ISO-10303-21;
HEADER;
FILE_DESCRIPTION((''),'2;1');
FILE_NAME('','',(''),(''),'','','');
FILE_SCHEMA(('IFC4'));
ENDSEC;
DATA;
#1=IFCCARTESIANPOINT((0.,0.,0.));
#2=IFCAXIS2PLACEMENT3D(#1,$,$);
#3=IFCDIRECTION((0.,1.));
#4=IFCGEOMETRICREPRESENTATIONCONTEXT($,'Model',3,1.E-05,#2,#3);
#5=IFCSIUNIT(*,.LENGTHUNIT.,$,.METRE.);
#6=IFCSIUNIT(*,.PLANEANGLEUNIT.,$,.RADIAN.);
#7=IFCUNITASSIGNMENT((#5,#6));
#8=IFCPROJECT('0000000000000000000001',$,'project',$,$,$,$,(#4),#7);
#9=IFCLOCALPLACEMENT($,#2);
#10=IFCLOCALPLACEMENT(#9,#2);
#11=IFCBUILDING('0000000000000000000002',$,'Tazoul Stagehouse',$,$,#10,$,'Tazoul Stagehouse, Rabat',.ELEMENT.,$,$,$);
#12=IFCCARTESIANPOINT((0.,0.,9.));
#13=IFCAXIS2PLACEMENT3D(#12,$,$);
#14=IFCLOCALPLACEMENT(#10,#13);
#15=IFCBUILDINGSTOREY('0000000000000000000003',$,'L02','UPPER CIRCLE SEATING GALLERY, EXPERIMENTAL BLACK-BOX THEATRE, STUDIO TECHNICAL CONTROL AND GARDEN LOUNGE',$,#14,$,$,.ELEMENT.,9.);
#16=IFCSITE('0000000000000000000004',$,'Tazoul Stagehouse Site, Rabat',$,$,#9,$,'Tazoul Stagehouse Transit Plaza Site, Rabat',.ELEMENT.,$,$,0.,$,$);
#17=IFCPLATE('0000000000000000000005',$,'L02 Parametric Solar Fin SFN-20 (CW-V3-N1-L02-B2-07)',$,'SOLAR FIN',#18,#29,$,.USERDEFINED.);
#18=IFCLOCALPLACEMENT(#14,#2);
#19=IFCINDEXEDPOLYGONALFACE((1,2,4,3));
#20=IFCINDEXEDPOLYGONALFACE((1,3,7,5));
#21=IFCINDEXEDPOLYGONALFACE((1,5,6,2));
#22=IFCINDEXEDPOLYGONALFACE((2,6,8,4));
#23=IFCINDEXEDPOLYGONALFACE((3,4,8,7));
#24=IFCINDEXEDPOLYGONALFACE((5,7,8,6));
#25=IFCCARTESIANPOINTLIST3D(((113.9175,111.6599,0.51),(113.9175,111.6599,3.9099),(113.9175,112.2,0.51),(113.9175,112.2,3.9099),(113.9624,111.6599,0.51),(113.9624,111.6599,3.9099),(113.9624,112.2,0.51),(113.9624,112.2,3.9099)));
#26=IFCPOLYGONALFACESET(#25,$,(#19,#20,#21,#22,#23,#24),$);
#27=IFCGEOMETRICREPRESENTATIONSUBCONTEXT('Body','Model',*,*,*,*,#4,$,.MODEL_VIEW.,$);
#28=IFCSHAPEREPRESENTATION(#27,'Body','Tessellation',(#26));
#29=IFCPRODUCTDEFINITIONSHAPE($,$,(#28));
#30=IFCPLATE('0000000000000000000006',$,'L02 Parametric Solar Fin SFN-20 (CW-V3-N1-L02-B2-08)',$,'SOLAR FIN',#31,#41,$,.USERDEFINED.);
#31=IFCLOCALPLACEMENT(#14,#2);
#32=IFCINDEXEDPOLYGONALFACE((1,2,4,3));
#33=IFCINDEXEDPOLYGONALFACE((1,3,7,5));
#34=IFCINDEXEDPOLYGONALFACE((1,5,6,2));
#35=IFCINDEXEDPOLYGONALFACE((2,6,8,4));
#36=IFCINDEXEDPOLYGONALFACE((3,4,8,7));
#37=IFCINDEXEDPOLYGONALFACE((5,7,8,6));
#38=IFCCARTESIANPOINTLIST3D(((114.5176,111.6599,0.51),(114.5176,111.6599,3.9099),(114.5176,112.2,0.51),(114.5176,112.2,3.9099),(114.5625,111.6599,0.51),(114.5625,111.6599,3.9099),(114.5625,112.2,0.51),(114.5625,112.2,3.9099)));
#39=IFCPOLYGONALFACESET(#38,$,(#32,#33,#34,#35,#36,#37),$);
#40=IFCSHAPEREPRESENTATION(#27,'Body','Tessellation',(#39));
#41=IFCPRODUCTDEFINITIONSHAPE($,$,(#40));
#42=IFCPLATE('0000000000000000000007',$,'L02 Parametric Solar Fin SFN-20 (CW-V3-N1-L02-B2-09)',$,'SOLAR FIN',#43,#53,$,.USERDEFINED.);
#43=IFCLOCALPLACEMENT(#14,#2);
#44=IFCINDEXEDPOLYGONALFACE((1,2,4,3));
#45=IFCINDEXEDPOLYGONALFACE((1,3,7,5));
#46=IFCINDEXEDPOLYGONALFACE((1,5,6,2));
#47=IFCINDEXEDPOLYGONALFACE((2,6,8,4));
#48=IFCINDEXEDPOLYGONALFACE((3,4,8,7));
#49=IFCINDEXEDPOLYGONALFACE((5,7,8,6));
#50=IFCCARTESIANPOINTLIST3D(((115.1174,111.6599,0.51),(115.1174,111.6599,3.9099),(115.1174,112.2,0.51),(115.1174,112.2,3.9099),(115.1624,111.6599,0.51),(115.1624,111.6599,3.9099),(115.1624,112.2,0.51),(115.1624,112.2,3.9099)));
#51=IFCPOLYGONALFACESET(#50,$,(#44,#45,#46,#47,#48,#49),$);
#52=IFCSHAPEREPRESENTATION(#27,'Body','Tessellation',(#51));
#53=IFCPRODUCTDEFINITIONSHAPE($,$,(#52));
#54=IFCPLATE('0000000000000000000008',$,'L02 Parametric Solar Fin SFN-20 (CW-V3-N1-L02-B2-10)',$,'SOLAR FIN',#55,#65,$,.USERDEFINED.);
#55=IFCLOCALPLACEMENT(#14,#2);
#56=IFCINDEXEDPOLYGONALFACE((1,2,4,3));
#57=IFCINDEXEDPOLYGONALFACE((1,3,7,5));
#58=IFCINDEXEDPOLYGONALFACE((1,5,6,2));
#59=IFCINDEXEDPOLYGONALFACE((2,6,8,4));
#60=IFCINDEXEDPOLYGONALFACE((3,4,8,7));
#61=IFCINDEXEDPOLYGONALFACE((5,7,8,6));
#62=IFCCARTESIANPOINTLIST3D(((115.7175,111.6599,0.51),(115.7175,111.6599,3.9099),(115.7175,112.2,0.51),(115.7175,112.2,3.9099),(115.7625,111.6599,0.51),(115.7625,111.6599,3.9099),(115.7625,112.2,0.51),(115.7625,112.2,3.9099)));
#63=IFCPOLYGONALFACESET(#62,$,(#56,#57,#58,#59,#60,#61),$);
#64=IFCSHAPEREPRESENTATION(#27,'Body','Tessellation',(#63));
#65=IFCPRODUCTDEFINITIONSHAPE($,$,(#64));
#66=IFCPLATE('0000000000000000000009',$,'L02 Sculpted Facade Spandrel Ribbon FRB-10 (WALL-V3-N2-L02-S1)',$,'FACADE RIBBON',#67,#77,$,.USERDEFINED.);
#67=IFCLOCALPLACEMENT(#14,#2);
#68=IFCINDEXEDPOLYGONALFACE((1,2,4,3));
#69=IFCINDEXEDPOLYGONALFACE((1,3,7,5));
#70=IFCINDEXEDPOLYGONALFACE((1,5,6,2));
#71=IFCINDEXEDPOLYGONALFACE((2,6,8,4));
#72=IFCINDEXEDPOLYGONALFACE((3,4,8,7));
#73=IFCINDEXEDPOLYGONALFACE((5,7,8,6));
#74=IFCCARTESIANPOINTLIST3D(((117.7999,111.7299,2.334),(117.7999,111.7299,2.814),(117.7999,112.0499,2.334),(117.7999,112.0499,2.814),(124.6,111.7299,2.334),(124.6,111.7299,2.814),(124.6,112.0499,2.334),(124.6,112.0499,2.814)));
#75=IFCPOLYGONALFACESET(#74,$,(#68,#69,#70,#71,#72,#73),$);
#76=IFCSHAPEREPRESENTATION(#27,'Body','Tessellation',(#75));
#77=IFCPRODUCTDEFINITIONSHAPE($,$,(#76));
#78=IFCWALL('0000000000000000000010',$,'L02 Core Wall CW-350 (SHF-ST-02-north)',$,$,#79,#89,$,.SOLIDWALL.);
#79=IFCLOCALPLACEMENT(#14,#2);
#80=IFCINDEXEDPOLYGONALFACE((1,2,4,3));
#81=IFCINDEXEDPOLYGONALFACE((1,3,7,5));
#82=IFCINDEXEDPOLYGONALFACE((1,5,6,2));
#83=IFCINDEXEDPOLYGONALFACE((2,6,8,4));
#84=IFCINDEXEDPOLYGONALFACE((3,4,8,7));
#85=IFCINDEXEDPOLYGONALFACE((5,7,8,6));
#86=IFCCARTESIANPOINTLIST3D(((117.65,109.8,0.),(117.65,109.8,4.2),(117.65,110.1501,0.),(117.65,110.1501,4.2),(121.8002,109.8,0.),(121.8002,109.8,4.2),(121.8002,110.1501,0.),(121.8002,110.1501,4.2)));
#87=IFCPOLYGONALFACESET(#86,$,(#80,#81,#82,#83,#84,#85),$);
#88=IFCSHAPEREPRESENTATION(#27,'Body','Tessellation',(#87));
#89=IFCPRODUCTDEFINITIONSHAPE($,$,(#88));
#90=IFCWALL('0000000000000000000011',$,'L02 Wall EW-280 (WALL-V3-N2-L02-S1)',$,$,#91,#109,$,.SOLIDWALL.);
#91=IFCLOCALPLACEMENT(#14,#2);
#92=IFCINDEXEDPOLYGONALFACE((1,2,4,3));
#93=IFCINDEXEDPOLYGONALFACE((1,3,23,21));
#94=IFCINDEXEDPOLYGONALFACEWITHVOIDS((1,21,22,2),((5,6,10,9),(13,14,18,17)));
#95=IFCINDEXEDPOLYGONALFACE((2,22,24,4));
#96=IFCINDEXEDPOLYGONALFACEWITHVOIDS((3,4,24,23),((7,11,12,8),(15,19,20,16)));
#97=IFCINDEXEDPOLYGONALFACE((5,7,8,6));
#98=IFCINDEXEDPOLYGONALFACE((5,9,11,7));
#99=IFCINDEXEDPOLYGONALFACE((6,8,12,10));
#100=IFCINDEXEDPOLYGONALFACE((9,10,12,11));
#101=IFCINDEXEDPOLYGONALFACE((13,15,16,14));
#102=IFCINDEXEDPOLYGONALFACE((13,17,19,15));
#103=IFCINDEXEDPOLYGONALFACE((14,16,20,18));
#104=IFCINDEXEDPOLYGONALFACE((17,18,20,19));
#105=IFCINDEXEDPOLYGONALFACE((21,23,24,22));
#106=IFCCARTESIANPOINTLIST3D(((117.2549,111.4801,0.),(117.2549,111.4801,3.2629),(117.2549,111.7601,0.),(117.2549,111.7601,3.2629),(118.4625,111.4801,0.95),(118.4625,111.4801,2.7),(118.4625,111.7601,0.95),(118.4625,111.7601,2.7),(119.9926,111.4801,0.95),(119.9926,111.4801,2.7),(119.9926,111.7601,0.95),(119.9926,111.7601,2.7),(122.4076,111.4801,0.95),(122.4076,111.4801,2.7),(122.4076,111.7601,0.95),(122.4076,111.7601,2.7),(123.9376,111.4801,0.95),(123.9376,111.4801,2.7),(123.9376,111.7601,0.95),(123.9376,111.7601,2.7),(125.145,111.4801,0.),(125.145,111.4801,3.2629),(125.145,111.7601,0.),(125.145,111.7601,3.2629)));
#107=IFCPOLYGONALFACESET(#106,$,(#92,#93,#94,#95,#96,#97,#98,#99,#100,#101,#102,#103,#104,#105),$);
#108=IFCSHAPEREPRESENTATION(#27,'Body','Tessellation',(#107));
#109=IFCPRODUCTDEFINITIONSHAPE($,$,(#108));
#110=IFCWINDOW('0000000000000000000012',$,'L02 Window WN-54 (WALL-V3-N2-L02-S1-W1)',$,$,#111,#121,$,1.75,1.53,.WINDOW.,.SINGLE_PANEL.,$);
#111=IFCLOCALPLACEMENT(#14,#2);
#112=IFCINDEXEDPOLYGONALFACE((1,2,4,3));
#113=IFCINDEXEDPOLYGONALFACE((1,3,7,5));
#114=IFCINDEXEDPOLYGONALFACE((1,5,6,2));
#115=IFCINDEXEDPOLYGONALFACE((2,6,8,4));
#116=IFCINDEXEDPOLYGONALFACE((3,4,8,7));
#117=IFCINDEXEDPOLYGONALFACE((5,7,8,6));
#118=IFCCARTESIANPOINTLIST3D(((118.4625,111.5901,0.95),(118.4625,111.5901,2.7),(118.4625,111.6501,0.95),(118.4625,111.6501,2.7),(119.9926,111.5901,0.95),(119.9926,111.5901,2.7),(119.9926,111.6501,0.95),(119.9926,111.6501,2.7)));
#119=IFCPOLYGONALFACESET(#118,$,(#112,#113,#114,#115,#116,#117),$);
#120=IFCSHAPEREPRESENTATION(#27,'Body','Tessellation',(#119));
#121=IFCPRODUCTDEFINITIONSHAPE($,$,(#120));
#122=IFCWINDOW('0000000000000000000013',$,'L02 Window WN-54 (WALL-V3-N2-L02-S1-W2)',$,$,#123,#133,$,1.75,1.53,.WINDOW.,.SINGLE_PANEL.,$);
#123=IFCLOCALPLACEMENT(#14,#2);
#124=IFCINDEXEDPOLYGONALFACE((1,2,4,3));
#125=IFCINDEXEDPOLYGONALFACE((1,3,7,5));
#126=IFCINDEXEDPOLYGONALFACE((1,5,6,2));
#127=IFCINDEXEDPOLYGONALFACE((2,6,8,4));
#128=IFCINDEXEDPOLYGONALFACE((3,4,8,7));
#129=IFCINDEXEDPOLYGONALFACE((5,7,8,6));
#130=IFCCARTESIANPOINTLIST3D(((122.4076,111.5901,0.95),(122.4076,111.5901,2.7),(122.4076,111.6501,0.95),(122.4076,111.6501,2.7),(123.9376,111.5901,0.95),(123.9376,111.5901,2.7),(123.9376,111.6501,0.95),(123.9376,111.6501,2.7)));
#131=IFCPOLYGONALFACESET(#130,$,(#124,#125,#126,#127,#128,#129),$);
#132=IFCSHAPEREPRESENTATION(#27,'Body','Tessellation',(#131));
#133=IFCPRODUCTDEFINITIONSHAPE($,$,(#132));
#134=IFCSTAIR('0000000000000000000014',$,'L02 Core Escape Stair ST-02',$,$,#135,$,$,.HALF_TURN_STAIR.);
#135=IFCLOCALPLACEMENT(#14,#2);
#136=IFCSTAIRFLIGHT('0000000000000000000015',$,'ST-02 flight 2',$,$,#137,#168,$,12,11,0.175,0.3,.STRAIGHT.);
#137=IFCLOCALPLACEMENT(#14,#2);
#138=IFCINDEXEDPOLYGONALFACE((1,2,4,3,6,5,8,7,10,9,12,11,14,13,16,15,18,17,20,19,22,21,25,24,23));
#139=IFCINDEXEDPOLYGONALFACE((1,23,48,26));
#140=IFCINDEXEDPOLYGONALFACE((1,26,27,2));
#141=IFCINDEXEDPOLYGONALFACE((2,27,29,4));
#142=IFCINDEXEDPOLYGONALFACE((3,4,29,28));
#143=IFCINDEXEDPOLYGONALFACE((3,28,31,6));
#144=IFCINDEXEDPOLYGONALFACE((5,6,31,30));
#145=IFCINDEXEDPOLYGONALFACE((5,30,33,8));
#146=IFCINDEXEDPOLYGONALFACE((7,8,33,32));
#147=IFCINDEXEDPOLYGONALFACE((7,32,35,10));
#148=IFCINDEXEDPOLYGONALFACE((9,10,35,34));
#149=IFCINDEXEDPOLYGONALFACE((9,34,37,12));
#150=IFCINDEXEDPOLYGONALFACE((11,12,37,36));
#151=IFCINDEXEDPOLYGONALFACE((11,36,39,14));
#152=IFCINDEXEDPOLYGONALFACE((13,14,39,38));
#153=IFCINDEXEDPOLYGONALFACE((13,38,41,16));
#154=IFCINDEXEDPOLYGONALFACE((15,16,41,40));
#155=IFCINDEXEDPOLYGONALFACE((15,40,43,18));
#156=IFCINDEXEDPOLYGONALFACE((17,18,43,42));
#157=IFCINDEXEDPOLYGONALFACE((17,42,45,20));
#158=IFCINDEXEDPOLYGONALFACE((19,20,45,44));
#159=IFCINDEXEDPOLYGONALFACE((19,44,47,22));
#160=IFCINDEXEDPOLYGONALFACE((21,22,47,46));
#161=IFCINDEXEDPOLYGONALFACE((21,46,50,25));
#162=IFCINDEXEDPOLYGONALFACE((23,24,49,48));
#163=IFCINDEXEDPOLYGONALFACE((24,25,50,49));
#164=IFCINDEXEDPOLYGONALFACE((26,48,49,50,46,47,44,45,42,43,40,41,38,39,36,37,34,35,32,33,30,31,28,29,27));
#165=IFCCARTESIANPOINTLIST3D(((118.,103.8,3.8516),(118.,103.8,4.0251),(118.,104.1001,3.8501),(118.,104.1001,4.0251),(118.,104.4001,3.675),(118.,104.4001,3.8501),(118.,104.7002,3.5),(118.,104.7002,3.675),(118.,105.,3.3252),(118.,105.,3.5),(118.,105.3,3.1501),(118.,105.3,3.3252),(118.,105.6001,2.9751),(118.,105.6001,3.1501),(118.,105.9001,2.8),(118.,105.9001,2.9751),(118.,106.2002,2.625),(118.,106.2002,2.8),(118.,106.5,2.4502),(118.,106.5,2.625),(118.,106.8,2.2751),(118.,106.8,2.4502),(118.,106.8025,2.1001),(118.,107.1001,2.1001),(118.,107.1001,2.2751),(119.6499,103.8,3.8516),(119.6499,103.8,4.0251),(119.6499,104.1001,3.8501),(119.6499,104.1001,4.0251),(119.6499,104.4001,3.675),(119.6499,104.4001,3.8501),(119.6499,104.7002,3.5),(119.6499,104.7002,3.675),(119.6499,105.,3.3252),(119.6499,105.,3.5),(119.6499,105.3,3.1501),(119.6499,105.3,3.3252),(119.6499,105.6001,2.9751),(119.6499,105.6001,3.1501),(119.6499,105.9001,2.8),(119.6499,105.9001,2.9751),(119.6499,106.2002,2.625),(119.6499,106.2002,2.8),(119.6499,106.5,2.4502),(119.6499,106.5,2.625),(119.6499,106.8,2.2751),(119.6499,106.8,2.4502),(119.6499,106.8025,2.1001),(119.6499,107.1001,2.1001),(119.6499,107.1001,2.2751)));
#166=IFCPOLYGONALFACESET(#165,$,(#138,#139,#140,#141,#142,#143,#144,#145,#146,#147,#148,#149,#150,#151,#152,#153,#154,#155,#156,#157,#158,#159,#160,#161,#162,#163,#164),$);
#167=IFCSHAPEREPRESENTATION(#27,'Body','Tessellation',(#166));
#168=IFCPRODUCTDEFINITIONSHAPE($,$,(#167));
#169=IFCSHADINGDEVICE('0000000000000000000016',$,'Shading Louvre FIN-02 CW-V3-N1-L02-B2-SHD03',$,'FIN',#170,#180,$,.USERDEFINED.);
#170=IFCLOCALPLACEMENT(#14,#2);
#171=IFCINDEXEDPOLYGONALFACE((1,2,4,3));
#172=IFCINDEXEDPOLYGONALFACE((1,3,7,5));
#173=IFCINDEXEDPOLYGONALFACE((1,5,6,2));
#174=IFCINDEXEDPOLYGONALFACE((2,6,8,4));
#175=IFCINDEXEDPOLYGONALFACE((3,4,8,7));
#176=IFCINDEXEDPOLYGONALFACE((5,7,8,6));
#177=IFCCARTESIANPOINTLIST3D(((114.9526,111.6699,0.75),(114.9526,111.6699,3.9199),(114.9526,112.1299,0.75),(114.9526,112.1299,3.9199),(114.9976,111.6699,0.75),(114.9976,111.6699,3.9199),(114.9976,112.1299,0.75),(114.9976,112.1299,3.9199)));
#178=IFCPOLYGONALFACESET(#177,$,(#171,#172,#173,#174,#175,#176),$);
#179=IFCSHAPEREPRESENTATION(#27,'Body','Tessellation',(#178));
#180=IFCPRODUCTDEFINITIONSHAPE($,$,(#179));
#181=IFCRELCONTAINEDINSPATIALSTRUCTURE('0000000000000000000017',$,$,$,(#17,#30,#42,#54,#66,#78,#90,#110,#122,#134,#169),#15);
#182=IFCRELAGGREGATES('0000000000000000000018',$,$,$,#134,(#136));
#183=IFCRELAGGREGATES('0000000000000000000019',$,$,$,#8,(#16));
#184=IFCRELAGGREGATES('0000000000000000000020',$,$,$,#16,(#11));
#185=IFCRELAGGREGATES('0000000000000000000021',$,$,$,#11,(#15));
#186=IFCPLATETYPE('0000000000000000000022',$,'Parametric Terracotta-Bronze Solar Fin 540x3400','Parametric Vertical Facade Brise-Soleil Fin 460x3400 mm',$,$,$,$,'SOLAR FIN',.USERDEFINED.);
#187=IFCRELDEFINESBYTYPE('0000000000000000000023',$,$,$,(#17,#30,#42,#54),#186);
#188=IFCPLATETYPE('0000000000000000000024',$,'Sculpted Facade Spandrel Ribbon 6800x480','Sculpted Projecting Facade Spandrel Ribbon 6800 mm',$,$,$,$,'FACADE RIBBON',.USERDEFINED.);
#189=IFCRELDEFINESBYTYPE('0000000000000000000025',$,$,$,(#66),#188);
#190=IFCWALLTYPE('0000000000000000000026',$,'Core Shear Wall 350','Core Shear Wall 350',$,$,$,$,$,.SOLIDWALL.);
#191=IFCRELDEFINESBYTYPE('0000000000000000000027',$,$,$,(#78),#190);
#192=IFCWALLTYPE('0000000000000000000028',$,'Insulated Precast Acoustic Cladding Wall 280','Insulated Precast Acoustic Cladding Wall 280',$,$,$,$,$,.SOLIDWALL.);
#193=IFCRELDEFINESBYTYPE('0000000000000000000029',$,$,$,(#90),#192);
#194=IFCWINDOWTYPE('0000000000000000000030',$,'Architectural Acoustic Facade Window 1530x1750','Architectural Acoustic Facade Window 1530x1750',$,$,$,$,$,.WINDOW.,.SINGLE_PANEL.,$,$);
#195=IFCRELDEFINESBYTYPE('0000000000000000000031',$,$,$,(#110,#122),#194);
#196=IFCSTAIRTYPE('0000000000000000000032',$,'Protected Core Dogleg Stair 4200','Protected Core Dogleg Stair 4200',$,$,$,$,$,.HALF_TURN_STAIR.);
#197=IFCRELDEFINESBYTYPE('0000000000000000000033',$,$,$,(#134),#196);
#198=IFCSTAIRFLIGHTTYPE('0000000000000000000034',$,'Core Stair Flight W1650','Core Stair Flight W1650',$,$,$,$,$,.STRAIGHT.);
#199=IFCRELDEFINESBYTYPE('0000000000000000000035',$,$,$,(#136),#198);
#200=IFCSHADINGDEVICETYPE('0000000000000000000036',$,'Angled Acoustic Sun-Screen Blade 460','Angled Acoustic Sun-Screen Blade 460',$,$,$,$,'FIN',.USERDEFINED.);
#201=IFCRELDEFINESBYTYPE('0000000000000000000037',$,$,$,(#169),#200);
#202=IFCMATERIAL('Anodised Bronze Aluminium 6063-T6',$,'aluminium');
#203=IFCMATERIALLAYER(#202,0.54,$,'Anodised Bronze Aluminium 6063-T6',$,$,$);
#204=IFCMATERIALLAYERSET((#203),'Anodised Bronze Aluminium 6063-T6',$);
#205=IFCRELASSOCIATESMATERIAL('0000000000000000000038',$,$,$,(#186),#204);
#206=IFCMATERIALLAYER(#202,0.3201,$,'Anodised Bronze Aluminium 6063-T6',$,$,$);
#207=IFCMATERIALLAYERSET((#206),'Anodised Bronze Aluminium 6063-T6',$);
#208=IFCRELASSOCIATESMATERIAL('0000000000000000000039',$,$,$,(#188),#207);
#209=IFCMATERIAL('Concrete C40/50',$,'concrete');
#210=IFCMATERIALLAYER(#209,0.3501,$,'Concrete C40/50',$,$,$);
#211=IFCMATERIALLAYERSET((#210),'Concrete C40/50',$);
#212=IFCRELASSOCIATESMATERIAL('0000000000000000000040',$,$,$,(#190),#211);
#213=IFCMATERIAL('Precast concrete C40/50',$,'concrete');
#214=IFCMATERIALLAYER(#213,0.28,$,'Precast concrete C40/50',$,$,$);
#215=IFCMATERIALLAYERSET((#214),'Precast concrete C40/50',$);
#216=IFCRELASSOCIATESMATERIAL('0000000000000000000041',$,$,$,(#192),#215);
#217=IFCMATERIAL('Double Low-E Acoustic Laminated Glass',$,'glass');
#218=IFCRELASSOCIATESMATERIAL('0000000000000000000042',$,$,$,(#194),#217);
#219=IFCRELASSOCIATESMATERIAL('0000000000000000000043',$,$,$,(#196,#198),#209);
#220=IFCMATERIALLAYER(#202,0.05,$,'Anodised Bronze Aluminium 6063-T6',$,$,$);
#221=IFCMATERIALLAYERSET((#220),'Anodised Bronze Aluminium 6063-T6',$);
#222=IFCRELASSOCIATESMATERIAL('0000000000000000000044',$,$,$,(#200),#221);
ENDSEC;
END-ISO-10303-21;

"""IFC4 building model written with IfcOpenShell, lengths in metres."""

from ifc_helpers import new_model, si_unit, direction, frame, frame_2d, origin, origin_2d, place, context, subcontext, project, spatial, polyline, rectangle, outline, extrude, material, layer, layer_set, type_object, element, fill, aggregate, save


model = new_model("IFC4")

# Units and contexts
model_context = context("Model", 3, precision=1e-05, world=origin(), true_north=direction((0.0, 1.0)))
body_context = subcontext(model_context, "Body", "Model", "MODEL_VIEW")
ifc_project = project(units=[si_unit("LENGTHUNIT", "METRE"), si_unit("PLANEANGLEUNIT", "RADIAN")], contexts=[model_context])

# Site, building, storey
site_placement = place(None, origin())
site = spatial("IfcSite", under=ifc_project, at=site_placement, Name="Tazoul Stagehouse Site, Rabat", LongName="Tazoul Stagehouse Transit Plaza Site, Rabat", CompositionType="ELEMENT", RefElevation=0.0)
building_placement = place(site_placement, origin())
building = spatial("IfcBuilding", under=site, at=building_placement, Name="Tazoul Stagehouse", LongName="Tazoul Stagehouse, Rabat", CompositionType="ELEMENT")
storey_placement = place(building_placement, frame((0.0, 0.0, 9.0)))
storey = spatial("IfcBuildingStorey", under=building, at=storey_placement, Name="L02", Description="UPPER CIRCLE SEATING GALLERY, EXPERIMENTAL BLACK-BOX THEATRE, STUDIO TECHNICAL CONTROL AND GARDEN LOUNGE", CompositionType="ELEMENT", Elevation=9.0)

# Shared definitions
ifc_material_1 = material(Name="Concrete C40/50", Category="concrete")

# Plates
ifc_material_2 = material(Name="Anodised Bronze Aluminium 6063-T6", Category="aluminium")
ifc_layer_1 = layer(ifc_material_2, 0.54, Name="Anodised Bronze Aluminium 6063-T6")
ifc_layer_set_1 = layer_set([ifc_layer_1], Name="Anodised Bronze Aluminium 6063-T6")
plate_type_1 = type_object("IfcPlateType", Name="Parametric Terracotta-Bronze Solar Fin 540x3400", Description="Parametric Vertical Facade Brise-Soleil Fin 460x3400 mm", ElementType="SOLAR FIN", PredefinedType="USERDEFINED", material=ifc_layer_set_1)
for number, where, z_axis, x_axis, name in (
    (1, (113.9399, 111.9299, 0.51), (0.0, 0.0, 1.0), (1.0, 0.0, 0.0), "L02 Parametric Solar Fin SFN-20 (CW-V3-N1-L02-B2-07)"),
    (2, (114.54, 111.9299, 0.51), (0.0, 0.0, 1.0), (1.0, 0.0, 0.0), "L02 Parametric Solar Fin SFN-20 (CW-V3-N1-L02-B2-08)"),
    (3, (115.1399, 111.9299, 0.51), (0.0, 0.0, 1.0), (1.0, 0.0, 0.0), "L02 Parametric Solar Fin SFN-20 (CW-V3-N1-L02-B2-09)"),
    (4, (115.74, 111.9299, 0.51), (0.0, 0.0, 1.0), (1.0, 0.0, 0.0), "L02 Parametric Solar Fin SFN-20 (CW-V3-N1-L02-B2-10)"),
):
    element("IfcPlate", number, at=place(storey_placement, frame(where, z_axis=z_axis, x_axis=x_axis)), inside=storey, type_object=plate_type_1, Name=name, ObjectType="SOLAR FIN", PredefinedType="USERDEFINED", context=body_context, shape_type="SweptSolid", body=[
        extrude(rectangle(XDim=0.0449, YDim=0.54, at=origin_2d()), origin(), (0.0, 0.0, 1.0), 3.3999),
    ])
ifc_layer_2 = layer(ifc_material_2, 0.3201, Name="Anodised Bronze Aluminium 6063-T6")
ifc_layer_set_2 = layer_set([ifc_layer_2], Name="Anodised Bronze Aluminium 6063-T6")
plate_type_2 = type_object("IfcPlateType", Name="Sculpted Facade Spandrel Ribbon 6800x480", Description="Sculpted Projecting Facade Spandrel Ribbon 6800 mm", ElementType="FACADE RIBBON", PredefinedType="USERDEFINED", material=ifc_layer_set_2)
plate_1_placement = place(storey_placement, frame((121.2, 111.8899, 2.334), z_axis=(0.0, 0.0, 1.0), x_axis=(1.0, 0.0, 0.0)))
element("IfcPlate", 5, at=plate_1_placement, inside=storey, type_object=plate_type_2, Name="L02 Sculpted Facade Spandrel Ribbon FRB-10 (WALL-V3-N2-L02-S1)", ObjectType="FACADE RIBBON", PredefinedType="USERDEFINED", context=body_context, shape_type="SweptSolid", body=[
    extrude(rectangle(XDim=6.8, YDim=0.3201, at=origin_2d()), origin(), (0.0, 0.0, 1.0), 0.48),
])

# Wall
ifc_layer_3 = layer(ifc_material_1, 0.3501, Name="Concrete C40/50")
ifc_layer_set_3 = layer_set([ifc_layer_3], Name="Concrete C40/50")
wall_type_1 = type_object("IfcWallType", Name="Core Shear Wall 350", Description="Core Shear Wall 350", PredefinedType="SOLIDWALL", material=ifc_layer_set_3)
wall_1_placement = place(storey_placement, frame((117.6499, 109.9751, 0.0), z_axis=(0.0, 0.0, 1.0), x_axis=(1.0, 0.0, 0.0)))
element("IfcWall", 6, at=wall_1_placement, inside=storey, type_object=wall_type_1, Name="L02 Core Wall CW-350 (SHF-ST-02-north)", PredefinedType="SOLIDWALL", context=body_context, shape_type="SweptSolid", body=[
    extrude(rectangle(XDim=4.1501, YDim=0.3501, at=frame_2d((2.0752, 0.0))), origin(), (0.0, 0.0, 1.0), 4.2),
])

# Wall, openings, windows
ifc_material_3 = material(Name="Precast concrete C40/50", Category="concrete")
ifc_layer_4 = layer(ifc_material_3, 0.28, Name="Precast concrete C40/50")
ifc_layer_set_4 = layer_set([ifc_layer_4], Name="Precast concrete C40/50")
wall_type_2 = type_object("IfcWallType", Name="Insulated Precast Acoustic Cladding Wall 280", Description="Insulated Precast Acoustic Cladding Wall 280", PredefinedType="SOLIDWALL", material=ifc_layer_set_4)
wall_2_placement = place(storey_placement, frame((117.2549, 111.6201, 0.0), z_axis=(0.0, 0.0, 1.0), x_axis=(1.0, 0.0, 0.0)))
wall_2 = element("IfcWall", 7, at=wall_2_placement, inside=storey, type_object=wall_type_2, Name="L02 Wall EW-280 (WALL-V3-N2-L02-S1)", PredefinedType="SOLIDWALL", context=body_context, shape_type="SweptSolid", body=[
    extrude(rectangle(XDim=7.8901, YDim=0.28, at=frame_2d((3.9451, 0.0))), origin(), (0.0, 0.0, 1.0), 3.2629),
])
opening_1_placement = place(wall_2_placement, frame((1.2075, 0.0, 0.95)))
opening_1 = element("IfcOpeningElement", 8, at=opening_1_placement, cuts=wall_2, PredefinedType="OPENING", context=body_context, shape_type="SweptSolid", body=[
    extrude(rectangle(XDim=1.53, YDim=1.75, at=frame_2d((0.7651, 0.875))), frame((0.0, 0.1599, 0.0), z_axis=(0.0, -1.0, 0.0), x_axis=(1.0, 0.0, 0.0)), (0.0, 0.0, 1.0), 0.3201),
])
opening_2_placement = place(wall_2_placement, frame((5.1526, 0.0, 0.95)))
opening_2 = element("IfcOpeningElement", 9, at=opening_2_placement, cuts=wall_2, PredefinedType="OPENING", context=body_context, shape_type="SweptSolid", body=[
    extrude(rectangle(XDim=1.53, YDim=1.75, at=frame_2d((0.7651, 0.875))), frame((0.0, 0.1599, 0.0), z_axis=(0.0, -1.0, 0.0), x_axis=(1.0, 0.0, 0.0)), (0.0, 0.0, 1.0), 0.3201),
])
ifc_material_4 = material(Name="Double Low-E Acoustic Laminated Glass", Category="glass")
window_type = type_object("IfcWindowType", Name="Architectural Acoustic Facade Window 1530x1750", Description="Architectural Acoustic Facade Window 1530x1750", PartitioningType="SINGLE_PANEL", PredefinedType="WINDOW", material=ifc_material_4)
window_1_placement = place(opening_1_placement, origin())
window_1 = element("IfcWindow", 10, at=window_1_placement, inside=storey, type_object=window_type, Name="L02 Window WN-54 (WALL-V3-N2-L02-S1-W1)", OverallHeight=1.75, OverallWidth=1.53, PartitioningType="SINGLE_PANEL", PredefinedType="WINDOW", context=body_context, shape_type="SweptSolid", body=[
    extrude(rectangle(XDim=1.53, YDim=1.75, at=frame_2d((0.7651, 0.875))), frame((0.0, 0.03, 0.0), z_axis=(0.0, -1.0, 0.0), x_axis=(1.0, 0.0, 0.0)), (0.0, 0.0, 1.0), 0.0601),
])
fill(opening_1, window_1)
window_2_placement = place(opening_2_placement, origin())
window_2 = element("IfcWindow", 11, at=window_2_placement, inside=storey, type_object=window_type, Name="L02 Window WN-54 (WALL-V3-N2-L02-S1-W2)", OverallHeight=1.75, OverallWidth=1.53, PartitioningType="SINGLE_PANEL", PredefinedType="WINDOW", context=body_context, shape_type="SweptSolid", body=[
    extrude(rectangle(XDim=1.53, YDim=1.75, at=frame_2d((0.7651, 0.875))), frame((0.0, 0.03, 0.0), z_axis=(0.0, -1.0, 0.0), x_axis=(1.0, 0.0, 0.0)), (0.0, 0.0, 1.0), 0.0601),
])
fill(opening_2, window_2)

# Stair, stair flight
stair_type = type_object("IfcStairType", Name="Protected Core Dogleg Stair 4200", Description="Protected Core Dogleg Stair 4200", PredefinedType="HALF_TURN_STAIR", material=ifc_material_1)
stair_placement = place(storey_placement, origin())
stair = element("IfcStair", 12, at=stair_placement, inside=storey, type_object=stair_type, Name="L02 Core Escape Stair ST-02", PredefinedType="HALF_TURN_STAIR")
stair_flight_type = type_object("IfcStairFlightType", Name="Core Stair Flight W1650", Description="Core Stair Flight W1650", PredefinedType="STRAIGHT", material=ifc_material_1)
stair_flight_placement = place(storey_placement, frame((118.825, 107.1001, 2.1001), z_axis=(0.0, 0.0, 1.0), x_axis=(0.0, -1.0, 0.0)))
stair_flight = element("IfcStairFlight", 13, at=stair_flight_placement, type_object=stair_flight_type, Name="ST-02 flight 2", NumberOfRisers=12, NumberOfTreads=11, PredefinedType="STRAIGHT", RiserHeight=0.175, TreadLength=0.3, context=body_context, shape_type="SweptSolid", body=[
    extrude(outline(polyline([(0.0, 0.0), (0.0, 0.175), (0.3, 0.175), (0.3, 0.3501), (0.6001, 0.3501), (0.6001, 0.5249), (0.8999, 0.5249), (0.8999, 0.7), (1.2, 0.7), (1.2, 0.875), (1.5, 0.875), (1.5, 1.05), (1.8, 1.05), (1.8, 1.2251), (2.1001, 1.2251), (2.1001, 1.3999), (2.3999, 1.3999), (2.3999, 1.575), (2.7, 1.575), (2.7, 1.75), (3.0, 1.75), (3.0, 1.925), (3.3, 1.925), (3.3, 2.1001), (3.3, 1.7515), (0.2976, 0.0), (0.0, 0.0)])), frame((0.0, 0.825, 0.0), z_axis=(0.0, -1.0, 0.0), x_axis=(1.0, 0.0, 0.0)), (0.0, 0.0, 1.0), 1.6499),
])
aggregate(stair, [stair_flight])

# Shading device
ifc_layer_5 = layer(ifc_material_2, 0.05, Name="Anodised Bronze Aluminium 6063-T6")
ifc_layer_set_5 = layer_set([ifc_layer_5], Name="Anodised Bronze Aluminium 6063-T6")
shading_device_type_1 = type_object("IfcShadingDeviceType", Name="Angled Acoustic Sun-Screen Blade 460", Description="Angled Acoustic Sun-Screen Blade 460", ElementType="FIN", PredefinedType="USERDEFINED", material=ifc_layer_set_5)
shading_device_1_placement = place(storey_placement, frame((114.9751, 111.8999, 0.75), z_axis=(0.0, 0.0, 1.0), x_axis=(1.0, 0.0, 0.0)))
element("IfcShadingDevice", 14, at=shading_device_1_placement, inside=storey, type_object=shading_device_type_1, Name="Shading Louvre FIN-02 CW-V3-N1-L02-B2-SHD03", ObjectType="FIN", PredefinedType="USERDEFINED", context=body_context, shape_type="SweptSolid", body=[
    extrude(rectangle(XDim=0.0449, YDim=0.46, at=origin_2d()), origin(), (0.0, 0.0, 1.0), 3.1699),
])

save(model, "model.ifc")
